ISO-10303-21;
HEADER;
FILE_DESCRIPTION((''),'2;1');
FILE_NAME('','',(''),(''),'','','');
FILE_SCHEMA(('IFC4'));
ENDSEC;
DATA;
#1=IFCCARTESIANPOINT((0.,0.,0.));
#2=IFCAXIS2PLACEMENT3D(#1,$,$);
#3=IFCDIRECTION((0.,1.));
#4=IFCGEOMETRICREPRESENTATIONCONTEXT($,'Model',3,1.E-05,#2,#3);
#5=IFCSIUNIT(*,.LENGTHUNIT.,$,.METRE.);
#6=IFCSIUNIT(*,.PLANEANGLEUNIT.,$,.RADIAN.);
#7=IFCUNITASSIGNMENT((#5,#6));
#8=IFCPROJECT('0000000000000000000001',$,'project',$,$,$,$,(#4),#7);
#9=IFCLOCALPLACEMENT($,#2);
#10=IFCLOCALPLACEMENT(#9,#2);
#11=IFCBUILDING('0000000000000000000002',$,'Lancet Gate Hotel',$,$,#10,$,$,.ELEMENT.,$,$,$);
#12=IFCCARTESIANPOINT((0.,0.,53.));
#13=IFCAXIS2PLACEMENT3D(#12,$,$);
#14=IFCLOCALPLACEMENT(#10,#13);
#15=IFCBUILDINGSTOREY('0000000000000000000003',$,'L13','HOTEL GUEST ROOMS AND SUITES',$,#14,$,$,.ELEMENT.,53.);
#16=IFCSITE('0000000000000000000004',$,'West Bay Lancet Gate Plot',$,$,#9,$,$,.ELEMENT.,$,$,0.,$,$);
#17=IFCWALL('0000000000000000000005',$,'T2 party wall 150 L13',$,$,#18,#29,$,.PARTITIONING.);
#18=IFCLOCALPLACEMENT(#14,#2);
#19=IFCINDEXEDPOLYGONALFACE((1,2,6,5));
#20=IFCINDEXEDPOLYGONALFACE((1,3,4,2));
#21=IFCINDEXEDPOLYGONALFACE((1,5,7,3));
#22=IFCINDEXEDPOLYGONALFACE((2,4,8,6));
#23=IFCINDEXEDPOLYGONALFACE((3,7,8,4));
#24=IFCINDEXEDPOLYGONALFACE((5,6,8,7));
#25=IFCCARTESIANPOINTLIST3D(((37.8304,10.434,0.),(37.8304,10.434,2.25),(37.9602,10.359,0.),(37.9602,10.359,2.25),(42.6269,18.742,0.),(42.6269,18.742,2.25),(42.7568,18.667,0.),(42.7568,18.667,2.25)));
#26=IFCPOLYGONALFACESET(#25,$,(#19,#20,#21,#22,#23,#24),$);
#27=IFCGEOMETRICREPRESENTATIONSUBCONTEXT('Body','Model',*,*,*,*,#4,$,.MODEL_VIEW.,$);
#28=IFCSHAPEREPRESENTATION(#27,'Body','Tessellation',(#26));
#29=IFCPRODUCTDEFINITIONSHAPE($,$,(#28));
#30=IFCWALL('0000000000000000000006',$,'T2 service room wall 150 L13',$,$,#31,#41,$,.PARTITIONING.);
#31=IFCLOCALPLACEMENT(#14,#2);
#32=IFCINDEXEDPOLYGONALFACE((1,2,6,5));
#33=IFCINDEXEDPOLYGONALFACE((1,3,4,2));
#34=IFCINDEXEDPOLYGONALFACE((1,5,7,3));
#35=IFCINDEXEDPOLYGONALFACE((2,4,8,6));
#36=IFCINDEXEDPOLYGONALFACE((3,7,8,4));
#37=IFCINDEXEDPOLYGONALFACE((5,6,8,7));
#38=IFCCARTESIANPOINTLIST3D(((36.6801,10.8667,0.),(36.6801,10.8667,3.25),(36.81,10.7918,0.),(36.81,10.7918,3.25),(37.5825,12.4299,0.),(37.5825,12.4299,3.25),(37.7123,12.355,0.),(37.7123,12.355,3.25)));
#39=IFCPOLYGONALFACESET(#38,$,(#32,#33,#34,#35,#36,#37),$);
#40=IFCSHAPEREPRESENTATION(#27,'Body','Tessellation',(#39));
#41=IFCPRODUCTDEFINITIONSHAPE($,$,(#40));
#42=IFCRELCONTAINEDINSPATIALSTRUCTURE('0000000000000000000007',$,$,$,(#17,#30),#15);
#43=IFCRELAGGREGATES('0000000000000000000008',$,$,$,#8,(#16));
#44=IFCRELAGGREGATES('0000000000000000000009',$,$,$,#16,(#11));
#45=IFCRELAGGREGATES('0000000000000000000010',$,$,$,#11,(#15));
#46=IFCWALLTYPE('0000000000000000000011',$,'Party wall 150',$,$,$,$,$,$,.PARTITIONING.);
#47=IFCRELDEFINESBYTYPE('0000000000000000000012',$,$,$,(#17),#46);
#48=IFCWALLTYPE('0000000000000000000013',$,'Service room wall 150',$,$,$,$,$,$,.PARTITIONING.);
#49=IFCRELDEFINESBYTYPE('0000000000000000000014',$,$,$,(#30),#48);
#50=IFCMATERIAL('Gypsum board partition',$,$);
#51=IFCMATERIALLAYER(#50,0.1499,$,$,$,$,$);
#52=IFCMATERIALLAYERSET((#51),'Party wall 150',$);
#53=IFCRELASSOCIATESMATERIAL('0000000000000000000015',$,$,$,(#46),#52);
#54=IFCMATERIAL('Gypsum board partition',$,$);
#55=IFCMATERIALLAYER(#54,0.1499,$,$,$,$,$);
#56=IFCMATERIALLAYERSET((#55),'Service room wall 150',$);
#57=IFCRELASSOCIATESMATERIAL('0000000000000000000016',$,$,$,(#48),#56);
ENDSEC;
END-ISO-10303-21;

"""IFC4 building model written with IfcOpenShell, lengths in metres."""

from ifc_helpers import new_model, si_unit, direction, frame, frame_2d, origin, place, context, subcontext, project, spatial, rectangle, extrude, material, layer, layer_set, type_object, element, save


model = new_model("IFC4")

# Units and contexts
model_context = context("Model", 3, precision=1e-05, world=origin(), true_north=direction((0.0, 1.0)))
body_context = subcontext(model_context, "Body", "Model", "MODEL_VIEW")
ifc_project = project(units=[si_unit("LENGTHUNIT", "METRE"), si_unit("PLANEANGLEUNIT", "RADIAN")], contexts=[model_context])

# Site, building, storey
site_placement = place(None, origin())
site = spatial("IfcSite", under=ifc_project, at=site_placement, Name="West Bay Lancet Gate Plot", CompositionType="ELEMENT", RefElevation=0.0)
building_placement = place(site_placement, origin())
building = spatial("IfcBuilding", under=site, at=building_placement, Name="Lancet Gate Hotel", CompositionType="ELEMENT")
storey_placement = place(building_placement, frame((0.0, 0.0, 53.0)))
storey = spatial("IfcBuildingStorey", under=building, at=storey_placement, Name="L13", Description="HOTEL GUEST ROOMS AND SUITES", CompositionType="ELEMENT", Elevation=53.0)

# Walls
ifc_material_1 = material(Name="Gypsum board partition")
ifc_layer_1 = layer(ifc_material_1, 0.1499)
ifc_layer_set_1 = layer_set([ifc_layer_1], Name="Party wall 150")
wall_type_1 = type_object("IfcWallType", Name="Party wall 150", PredefinedType="PARTITIONING", material=ifc_layer_set_1)
wall_1_placement = place(storey_placement, frame((37.8953, 10.3965, 0.0), z_axis=(0.0, 0.0, 1.0), x_axis=(0.499996, 0.866028, 0.0)))
element("IfcWall", 1, at=wall_1_placement, inside=storey, type_object=wall_type_1, Name="T2 party wall 150 L13", PredefinedType="PARTITIONING", context=body_context, shape_type="SweptSolid", body=[
    extrude(rectangle(XDim=9.5933, YDim=0.1499, at=frame_2d((4.7966, 0.0))), origin(), (0.0, 0.0, 1.0), 2.25),
])
ifc_material_2 = material(Name="Gypsum board partition")
ifc_layer_2 = layer(ifc_material_2, 0.1499)
ifc_layer_set_2 = layer_set([ifc_layer_2], Name="Service room wall 150")
wall_type_2 = type_object("IfcWallType", Name="Service room wall 150", PredefinedType="PARTITIONING", material=ifc_layer_set_2)
wall_2_placement = place(storey_placement, frame((36.7451, 10.8293, 0.0), z_axis=(0.0, 0.0, 1.0), x_axis=(0.499922, 0.866071, 0.0)))
element("IfcWall", 2, at=wall_2_placement, inside=storey, type_object=wall_type_2, Name="T2 service room wall 150 L13", PredefinedType="PARTITIONING", context=body_context, shape_type="SweptSolid", body=[
    extrude(rectangle(XDim=1.8049, YDim=0.1499, at=frame_2d((0.9023, 0.0))), origin(), (0.0, 0.0, 1.0), 3.25),
])

save(model, "model.ifc")
